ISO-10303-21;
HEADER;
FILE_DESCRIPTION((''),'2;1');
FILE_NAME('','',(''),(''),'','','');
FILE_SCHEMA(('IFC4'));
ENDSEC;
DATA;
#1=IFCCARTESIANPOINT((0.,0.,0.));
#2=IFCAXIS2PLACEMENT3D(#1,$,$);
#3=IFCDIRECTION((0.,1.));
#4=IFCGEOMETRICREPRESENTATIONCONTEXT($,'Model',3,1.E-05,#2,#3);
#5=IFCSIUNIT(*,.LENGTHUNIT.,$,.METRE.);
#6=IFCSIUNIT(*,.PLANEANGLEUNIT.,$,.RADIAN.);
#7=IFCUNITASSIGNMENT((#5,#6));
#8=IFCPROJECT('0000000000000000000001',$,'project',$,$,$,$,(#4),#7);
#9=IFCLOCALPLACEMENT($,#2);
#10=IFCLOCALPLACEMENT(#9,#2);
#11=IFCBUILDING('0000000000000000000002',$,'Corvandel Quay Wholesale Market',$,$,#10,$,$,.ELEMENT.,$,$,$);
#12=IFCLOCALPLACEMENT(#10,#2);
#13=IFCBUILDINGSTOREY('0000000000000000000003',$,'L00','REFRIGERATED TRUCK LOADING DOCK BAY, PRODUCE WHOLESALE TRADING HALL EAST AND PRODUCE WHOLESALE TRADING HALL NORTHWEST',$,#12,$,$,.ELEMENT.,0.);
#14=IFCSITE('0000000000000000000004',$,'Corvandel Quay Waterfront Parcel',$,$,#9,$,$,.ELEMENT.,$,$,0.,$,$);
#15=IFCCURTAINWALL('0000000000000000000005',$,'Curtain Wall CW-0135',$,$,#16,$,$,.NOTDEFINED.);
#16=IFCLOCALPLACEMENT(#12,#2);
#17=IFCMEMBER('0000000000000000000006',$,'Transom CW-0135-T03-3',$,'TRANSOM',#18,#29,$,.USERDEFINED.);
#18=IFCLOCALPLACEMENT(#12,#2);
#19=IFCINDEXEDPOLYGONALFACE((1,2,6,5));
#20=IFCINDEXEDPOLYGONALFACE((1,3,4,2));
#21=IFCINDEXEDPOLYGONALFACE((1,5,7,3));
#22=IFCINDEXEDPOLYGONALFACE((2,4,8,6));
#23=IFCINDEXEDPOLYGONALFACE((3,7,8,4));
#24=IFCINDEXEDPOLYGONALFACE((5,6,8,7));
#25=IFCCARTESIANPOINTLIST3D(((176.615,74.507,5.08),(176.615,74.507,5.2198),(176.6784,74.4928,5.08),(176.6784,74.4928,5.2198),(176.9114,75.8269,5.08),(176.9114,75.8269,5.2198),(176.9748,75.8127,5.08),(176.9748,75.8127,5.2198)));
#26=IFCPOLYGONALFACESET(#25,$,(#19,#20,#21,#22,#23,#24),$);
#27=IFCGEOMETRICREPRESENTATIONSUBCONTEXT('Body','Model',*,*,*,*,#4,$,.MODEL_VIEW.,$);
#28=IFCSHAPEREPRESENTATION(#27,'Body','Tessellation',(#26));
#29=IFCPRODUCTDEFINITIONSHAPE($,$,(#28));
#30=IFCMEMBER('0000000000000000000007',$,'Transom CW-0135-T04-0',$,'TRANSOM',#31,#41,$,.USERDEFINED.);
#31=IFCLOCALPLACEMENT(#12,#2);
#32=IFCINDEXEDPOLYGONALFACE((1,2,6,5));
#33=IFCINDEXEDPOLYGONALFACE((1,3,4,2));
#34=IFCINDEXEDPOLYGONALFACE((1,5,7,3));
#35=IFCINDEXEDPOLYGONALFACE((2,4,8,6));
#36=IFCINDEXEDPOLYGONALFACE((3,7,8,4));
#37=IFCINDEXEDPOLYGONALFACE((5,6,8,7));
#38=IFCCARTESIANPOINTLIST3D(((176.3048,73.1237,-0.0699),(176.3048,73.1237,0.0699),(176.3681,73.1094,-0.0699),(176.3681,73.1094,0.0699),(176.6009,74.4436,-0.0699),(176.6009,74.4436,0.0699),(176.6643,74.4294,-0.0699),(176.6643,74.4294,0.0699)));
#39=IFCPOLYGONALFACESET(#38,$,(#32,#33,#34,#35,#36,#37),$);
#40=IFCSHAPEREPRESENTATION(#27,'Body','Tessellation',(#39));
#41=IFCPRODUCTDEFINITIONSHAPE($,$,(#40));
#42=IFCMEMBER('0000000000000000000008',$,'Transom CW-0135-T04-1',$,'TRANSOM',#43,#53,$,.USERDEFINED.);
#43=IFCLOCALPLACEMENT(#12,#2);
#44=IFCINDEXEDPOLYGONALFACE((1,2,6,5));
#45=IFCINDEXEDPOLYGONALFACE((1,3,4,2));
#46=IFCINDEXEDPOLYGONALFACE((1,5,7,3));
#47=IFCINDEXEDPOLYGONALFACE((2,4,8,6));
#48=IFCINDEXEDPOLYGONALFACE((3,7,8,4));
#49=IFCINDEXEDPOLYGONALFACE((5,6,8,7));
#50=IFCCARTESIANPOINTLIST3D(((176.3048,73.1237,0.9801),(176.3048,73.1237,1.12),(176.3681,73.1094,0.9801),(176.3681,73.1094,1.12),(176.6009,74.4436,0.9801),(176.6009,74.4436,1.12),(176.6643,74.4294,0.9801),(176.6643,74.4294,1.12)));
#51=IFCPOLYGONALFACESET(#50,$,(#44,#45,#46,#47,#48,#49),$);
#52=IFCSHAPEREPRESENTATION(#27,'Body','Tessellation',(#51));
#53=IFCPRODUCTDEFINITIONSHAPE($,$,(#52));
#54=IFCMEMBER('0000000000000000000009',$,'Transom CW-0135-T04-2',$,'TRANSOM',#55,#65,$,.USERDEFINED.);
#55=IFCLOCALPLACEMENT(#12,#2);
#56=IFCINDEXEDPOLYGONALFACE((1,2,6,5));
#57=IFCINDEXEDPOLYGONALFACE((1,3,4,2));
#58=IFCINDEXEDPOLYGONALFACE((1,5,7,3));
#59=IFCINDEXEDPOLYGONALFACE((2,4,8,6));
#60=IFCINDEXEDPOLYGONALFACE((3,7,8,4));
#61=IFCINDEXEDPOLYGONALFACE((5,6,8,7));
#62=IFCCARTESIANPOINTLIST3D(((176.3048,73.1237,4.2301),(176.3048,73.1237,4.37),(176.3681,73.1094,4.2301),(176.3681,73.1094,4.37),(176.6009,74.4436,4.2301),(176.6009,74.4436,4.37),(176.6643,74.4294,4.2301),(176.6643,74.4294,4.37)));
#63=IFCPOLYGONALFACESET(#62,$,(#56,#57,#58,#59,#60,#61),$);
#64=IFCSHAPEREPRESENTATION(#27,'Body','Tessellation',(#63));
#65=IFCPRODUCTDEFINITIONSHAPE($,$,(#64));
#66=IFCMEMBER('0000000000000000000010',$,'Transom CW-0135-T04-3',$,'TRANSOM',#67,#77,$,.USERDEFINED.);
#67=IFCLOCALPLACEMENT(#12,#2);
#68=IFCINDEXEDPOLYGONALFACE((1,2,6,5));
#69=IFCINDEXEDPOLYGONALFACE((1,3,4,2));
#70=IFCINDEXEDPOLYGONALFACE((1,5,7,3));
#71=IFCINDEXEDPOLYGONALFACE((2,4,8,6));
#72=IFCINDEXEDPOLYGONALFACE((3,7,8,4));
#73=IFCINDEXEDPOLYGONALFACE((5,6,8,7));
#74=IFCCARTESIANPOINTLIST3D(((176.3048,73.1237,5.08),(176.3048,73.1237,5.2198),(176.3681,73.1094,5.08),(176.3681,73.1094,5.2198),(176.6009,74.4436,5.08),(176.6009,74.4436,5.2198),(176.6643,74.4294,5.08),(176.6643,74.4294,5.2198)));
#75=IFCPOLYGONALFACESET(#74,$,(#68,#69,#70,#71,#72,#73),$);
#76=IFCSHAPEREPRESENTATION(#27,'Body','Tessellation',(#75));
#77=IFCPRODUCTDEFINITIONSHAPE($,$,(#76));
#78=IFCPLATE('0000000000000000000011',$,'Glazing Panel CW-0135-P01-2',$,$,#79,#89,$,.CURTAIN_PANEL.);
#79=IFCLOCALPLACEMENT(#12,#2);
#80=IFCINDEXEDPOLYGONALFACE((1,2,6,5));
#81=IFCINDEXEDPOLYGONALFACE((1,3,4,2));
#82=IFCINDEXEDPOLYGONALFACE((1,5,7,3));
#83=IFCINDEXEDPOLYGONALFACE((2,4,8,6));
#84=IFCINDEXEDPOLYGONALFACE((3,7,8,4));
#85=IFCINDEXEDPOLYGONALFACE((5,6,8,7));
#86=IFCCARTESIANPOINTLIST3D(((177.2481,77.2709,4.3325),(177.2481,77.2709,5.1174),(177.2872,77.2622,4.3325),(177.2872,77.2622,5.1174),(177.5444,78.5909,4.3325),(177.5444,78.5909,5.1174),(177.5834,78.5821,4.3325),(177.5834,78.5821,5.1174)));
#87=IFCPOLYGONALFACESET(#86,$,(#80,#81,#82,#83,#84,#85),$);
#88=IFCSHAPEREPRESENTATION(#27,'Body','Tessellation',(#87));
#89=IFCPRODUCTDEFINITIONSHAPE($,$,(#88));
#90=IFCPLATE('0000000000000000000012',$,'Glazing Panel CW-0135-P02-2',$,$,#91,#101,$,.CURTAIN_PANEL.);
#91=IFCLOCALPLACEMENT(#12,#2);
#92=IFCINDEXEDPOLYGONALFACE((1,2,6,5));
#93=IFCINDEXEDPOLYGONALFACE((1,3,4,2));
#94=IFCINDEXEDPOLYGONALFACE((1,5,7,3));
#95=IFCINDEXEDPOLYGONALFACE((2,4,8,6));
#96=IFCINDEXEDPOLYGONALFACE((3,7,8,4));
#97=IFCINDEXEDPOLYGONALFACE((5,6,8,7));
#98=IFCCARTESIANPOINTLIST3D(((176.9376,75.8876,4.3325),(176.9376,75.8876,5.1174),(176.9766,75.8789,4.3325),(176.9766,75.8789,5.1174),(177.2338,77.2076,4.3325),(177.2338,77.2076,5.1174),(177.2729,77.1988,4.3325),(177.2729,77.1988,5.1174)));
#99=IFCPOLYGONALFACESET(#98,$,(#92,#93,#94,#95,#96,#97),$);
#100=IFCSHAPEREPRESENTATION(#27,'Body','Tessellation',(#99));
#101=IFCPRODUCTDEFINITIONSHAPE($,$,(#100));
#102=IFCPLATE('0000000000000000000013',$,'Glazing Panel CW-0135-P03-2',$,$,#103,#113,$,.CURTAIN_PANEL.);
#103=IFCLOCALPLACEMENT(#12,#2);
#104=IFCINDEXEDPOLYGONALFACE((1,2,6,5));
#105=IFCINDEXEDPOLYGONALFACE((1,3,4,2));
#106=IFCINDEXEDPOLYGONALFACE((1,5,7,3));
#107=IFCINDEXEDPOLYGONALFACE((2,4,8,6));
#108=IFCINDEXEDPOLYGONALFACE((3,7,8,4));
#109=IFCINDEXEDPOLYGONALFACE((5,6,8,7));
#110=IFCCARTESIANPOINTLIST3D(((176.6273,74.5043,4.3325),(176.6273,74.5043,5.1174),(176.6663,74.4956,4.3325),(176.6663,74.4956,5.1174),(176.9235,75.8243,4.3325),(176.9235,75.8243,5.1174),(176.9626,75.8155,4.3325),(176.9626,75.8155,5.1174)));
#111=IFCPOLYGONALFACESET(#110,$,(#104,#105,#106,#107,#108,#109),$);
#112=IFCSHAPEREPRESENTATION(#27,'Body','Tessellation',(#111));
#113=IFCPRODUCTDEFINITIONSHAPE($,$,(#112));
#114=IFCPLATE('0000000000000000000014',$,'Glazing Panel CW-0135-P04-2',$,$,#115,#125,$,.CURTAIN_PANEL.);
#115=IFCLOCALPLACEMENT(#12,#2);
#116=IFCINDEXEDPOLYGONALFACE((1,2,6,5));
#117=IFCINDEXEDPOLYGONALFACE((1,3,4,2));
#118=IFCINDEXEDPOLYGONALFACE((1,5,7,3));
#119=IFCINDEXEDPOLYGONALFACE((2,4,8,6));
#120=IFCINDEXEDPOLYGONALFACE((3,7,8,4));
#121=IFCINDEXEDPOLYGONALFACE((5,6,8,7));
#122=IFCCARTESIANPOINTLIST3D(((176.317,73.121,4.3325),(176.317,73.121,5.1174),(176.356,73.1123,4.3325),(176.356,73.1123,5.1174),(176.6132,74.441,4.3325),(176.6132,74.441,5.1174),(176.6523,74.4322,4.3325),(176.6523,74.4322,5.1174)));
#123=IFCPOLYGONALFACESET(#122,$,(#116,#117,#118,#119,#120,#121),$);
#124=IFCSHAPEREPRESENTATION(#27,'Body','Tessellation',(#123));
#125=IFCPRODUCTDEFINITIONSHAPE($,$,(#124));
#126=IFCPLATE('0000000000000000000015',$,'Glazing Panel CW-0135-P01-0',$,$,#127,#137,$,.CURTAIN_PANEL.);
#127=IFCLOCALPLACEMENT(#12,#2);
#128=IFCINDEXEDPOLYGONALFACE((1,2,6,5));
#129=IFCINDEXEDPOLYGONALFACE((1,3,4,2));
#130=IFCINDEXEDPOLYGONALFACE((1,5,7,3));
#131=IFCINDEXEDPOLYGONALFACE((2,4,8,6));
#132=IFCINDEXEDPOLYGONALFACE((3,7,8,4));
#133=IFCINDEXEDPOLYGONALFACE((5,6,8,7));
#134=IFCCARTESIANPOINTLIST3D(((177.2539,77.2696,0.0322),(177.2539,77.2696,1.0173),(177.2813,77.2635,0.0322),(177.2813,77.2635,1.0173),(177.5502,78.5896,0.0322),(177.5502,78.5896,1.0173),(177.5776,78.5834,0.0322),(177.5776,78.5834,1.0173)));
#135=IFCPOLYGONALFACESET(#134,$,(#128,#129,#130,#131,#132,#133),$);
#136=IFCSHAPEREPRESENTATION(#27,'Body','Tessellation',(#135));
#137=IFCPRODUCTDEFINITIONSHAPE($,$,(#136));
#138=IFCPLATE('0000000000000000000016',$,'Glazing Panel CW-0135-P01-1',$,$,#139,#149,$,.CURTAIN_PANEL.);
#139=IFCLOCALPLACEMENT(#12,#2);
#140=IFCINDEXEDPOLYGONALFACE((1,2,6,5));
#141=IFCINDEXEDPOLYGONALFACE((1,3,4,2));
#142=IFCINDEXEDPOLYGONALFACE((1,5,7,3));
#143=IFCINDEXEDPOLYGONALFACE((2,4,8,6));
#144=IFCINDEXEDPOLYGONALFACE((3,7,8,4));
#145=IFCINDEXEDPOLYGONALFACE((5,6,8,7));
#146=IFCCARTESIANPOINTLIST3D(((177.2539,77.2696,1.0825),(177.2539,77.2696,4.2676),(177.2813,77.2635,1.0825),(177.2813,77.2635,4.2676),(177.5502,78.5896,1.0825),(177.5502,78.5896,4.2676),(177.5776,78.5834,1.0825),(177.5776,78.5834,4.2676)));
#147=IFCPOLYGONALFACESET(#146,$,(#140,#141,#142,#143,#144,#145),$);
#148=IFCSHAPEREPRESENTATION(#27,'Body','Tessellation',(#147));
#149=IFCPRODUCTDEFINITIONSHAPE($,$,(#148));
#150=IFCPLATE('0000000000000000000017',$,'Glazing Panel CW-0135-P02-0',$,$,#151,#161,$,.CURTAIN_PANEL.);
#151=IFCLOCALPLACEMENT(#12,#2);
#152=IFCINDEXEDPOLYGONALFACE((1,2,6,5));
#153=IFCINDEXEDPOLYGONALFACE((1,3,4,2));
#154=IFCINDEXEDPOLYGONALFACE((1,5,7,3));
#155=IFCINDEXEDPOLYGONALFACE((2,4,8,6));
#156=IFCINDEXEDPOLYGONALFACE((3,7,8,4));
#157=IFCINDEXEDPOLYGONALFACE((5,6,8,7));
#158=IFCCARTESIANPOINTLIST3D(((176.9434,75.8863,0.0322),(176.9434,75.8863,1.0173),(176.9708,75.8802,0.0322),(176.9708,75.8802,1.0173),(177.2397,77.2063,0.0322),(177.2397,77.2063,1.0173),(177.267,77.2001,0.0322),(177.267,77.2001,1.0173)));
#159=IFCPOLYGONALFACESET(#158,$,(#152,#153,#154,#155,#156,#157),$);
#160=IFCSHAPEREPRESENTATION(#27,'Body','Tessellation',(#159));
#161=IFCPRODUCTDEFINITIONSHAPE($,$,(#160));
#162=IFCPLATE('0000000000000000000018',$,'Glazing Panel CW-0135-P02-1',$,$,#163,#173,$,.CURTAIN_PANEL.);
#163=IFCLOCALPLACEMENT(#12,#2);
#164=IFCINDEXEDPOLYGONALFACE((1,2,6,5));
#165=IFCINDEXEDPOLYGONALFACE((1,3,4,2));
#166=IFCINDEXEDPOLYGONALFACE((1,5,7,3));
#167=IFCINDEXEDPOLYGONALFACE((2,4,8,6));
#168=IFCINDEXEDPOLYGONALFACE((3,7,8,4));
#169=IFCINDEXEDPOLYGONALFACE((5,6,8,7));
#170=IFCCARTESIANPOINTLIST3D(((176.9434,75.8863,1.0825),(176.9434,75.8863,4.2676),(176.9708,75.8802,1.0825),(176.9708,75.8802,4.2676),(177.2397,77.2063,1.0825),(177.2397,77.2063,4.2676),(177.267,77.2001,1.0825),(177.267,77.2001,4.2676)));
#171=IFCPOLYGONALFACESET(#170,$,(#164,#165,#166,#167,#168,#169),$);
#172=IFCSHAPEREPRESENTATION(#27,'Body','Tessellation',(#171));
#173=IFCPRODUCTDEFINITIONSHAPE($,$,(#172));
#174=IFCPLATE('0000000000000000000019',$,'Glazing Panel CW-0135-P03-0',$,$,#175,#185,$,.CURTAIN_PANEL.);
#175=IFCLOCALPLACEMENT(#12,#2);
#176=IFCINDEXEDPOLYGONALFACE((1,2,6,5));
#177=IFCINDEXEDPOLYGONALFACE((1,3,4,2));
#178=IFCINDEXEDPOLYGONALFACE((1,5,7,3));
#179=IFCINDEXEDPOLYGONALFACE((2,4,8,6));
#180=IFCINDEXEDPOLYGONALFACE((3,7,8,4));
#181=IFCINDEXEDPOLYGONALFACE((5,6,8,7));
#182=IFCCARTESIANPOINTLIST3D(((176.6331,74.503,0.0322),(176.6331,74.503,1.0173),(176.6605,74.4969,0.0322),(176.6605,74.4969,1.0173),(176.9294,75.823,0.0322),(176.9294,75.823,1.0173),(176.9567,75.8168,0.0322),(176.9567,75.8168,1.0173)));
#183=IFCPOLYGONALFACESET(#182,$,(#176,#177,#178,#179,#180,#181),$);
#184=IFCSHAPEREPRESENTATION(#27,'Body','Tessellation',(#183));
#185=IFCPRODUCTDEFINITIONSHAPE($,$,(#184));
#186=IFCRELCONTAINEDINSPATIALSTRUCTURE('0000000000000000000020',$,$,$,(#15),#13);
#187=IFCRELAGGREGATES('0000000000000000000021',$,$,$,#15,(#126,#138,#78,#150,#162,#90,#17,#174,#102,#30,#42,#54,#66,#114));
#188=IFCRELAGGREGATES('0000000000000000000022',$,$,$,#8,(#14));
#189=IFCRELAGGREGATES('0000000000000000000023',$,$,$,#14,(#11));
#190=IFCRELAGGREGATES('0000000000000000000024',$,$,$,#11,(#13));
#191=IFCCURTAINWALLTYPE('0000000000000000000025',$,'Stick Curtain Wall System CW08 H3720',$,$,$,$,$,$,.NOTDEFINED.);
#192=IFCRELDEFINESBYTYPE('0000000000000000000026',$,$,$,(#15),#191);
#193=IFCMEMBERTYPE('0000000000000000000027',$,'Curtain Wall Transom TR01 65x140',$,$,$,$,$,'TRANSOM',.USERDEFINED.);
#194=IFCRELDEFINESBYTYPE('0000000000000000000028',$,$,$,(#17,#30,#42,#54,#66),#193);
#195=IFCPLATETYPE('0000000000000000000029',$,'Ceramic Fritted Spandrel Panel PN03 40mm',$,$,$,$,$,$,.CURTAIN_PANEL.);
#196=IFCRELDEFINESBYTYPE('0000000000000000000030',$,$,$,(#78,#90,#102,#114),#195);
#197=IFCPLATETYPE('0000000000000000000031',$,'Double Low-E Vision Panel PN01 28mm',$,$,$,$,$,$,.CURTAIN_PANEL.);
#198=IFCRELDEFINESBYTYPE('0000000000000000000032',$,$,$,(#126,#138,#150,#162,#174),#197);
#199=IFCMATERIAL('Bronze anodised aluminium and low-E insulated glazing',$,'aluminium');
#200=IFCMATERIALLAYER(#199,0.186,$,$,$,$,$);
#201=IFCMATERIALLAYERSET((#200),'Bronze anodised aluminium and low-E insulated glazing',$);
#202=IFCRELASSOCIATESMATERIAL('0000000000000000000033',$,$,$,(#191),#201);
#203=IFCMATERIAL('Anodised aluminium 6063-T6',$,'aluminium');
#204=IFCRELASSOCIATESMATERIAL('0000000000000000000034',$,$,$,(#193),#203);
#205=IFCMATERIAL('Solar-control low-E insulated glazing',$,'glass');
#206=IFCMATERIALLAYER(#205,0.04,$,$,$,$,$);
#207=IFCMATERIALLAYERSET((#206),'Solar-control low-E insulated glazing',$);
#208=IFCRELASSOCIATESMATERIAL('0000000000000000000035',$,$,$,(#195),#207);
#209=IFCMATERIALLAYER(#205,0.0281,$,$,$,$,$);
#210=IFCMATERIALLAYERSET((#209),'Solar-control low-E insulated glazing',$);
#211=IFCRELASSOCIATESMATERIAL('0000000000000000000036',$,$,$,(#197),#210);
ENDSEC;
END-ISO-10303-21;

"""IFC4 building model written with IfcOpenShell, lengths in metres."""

from ifc_helpers import new_model, si_unit, direction, frame, origin, origin_2d, place, context, subcontext, project, spatial, rectangle, extrude, material, layer, layer_set, material_profile, profile_set, type_object, element, aggregate, save


model = new_model("IFC4")

# Units and contexts
model_context = context("Model", 3, precision=1e-05, world=origin(), true_north=direction((0.0, 1.0)))
body_context = subcontext(model_context, "Body", "Model", "MODEL_VIEW")
ifc_project = project(units=[si_unit("LENGTHUNIT", "METRE"), si_unit("PLANEANGLEUNIT", "RADIAN")], contexts=[model_context])

# Site, building, storey
site_placement = place(None, origin())
site = spatial("IfcSite", under=ifc_project, at=site_placement, Name="Corvandel Quay Waterfront Parcel", CompositionType="ELEMENT", RefElevation=0.0)
building_placement = place(site_placement, origin())
building = spatial("IfcBuilding", under=site, at=building_placement, Name="Corvandel Quay Wholesale Market", CompositionType="ELEMENT")
storey_placement = place(building_placement, origin())
storey = spatial("IfcBuildingStorey", under=building, at=storey_placement, Name="L00", Description="REFRIGERATED TRUCK LOADING DOCK BAY, PRODUCE WHOLESALE TRADING HALL EAST AND PRODUCE WHOLESALE TRADING HALL NORTHWEST", CompositionType="ELEMENT", Elevation=0.0)

# Curtain wall, members, plates
ifc_material_1 = material(Name="Bronze anodised aluminium and low-E insulated glazing", Category="aluminium")
ifc_layer_1 = layer(ifc_material_1, 0.186)
ifc_layer_set_1 = layer_set([ifc_layer_1], Name="Bronze anodised aluminium and low-E insulated glazing")
curtain_wall_type = type_object("IfcCurtainWallType", Name="Stick Curtain Wall System CW08 H3720", PredefinedType="NOTDEFINED", material=ifc_layer_set_1)
curtain_wall_placement = place(storey_placement, origin())
curtain_wall = element("IfcCurtainWall", 1, at=curtain_wall_placement, inside=storey, type_object=curtain_wall_type, Name="Curtain Wall CW-0135", PredefinedType="NOTDEFINED")
ifc_material_2 = material(Name="Anodised aluminium 6063-T6", Category="aluminium")
ifc_material_profile_1 = material_profile(ifc_material_2, rectangle(XDim=0.0649, YDim=0.1399, at=origin_2d()), Name="ALU-TRN-65x140")
ifc_profile_set_1 = profile_set([ifc_material_profile_1], Name="Anodised aluminium 6063-T6")
member_type_1 = type_object("IfcMemberType", Name="Curtain Wall Transom TR01 65x140", ElementType="TRANSOM", PredefinedType="USERDEFINED", material=ifc_profile_set_1)
member_1_placement = place(storey_placement, frame((176.9431, 75.8198, 5.1499), z_axis=(-0.219108, -0.975701, 0.0), x_axis=(0.975701, -0.219108, 0.0)))
member_1 = element("IfcMember", 2, at=member_1_placement, type_object=member_type_1, Name="Transom CW-0135-T03-3", ObjectType="TRANSOM", PredefinedType="USERDEFINED", context=body_context, shape_type="SweptSolid", body=[
    extrude(rectangle(XDim=0.0649, YDim=0.1399, at=origin_2d()), origin(), (0.0, 0.0, 1.0), 1.3528),
])
member_2_placement = place(storey_placement, frame((176.6326, 74.4365, 0.0), z_axis=(-0.218898, -0.975748, 0.0), x_axis=(0.975748, -0.218898, 0.0)))
member_2 = element("IfcMember", 3, at=member_2_placement, type_object=member_type_1, Name="Transom CW-0135-T04-0", ObjectType="TRANSOM", PredefinedType="USERDEFINED", context=body_context, shape_type="SweptSolid", body=[
    extrude(rectangle(XDim=0.0649, YDim=0.1399, at=origin_2d()), origin(), (0.0, 0.0, 1.0), 1.3528),
])
member_3_placement = place(storey_placement, frame((176.6326, 74.4365, 1.05), z_axis=(-0.218898, -0.975748, 0.0), x_axis=(0.975748, -0.218898, 0.0)))
member_3 = element("IfcMember", 4, at=member_3_placement, type_object=member_type_1, Name="Transom CW-0135-T04-1", ObjectType="TRANSOM", PredefinedType="USERDEFINED", context=body_context, shape_type="SweptSolid", body=[
    extrude(rectangle(XDim=0.0649, YDim=0.1399, at=origin_2d()), origin(), (0.0, 0.0, 1.0), 1.3528),
])
member_4_placement = place(storey_placement, frame((176.6326, 74.4365, 4.3), z_axis=(-0.218898, -0.975748, 0.0), x_axis=(0.975748, -0.218898, 0.0)))
member_4 = element("IfcMember", 5, at=member_4_placement, type_object=member_type_1, Name="Transom CW-0135-T04-2", ObjectType="TRANSOM", PredefinedType="USERDEFINED", context=body_context, shape_type="SweptSolid", body=[
    extrude(rectangle(XDim=0.0649, YDim=0.1399, at=origin_2d()), origin(), (0.0, 0.0, 1.0), 1.3528),
])
member_5_placement = place(storey_placement, frame((176.6326, 74.4365, 5.1499), z_axis=(-0.218898, -0.975748, 0.0), x_axis=(0.975748, -0.218898, 0.0)))
member_5 = element("IfcMember", 6, at=member_5_placement, type_object=member_type_1, Name="Transom CW-0135-T04-3", ObjectType="TRANSOM", PredefinedType="USERDEFINED", context=body_context, shape_type="SweptSolid", body=[
    extrude(rectangle(XDim=0.0649, YDim=0.1399, at=origin_2d()), origin(), (0.0, 0.0, 1.0), 1.3528),
])
ifc_material_3 = material(Name="Solar-control low-E insulated glazing", Category="glass")
ifc_layer_2 = layer(ifc_material_3, 0.04)
ifc_layer_set_2 = layer_set([ifc_layer_2], Name="Solar-control low-E insulated glazing")
plate_type_1 = type_object("IfcPlateType", Name="Ceramic Fritted Spandrel Panel PN03 40mm", PredefinedType="CURTAIN_PANEL", material=ifc_layer_set_2)
plate_1_placement = place(storey_placement, frame((177.4158, 77.9265, 4.3325), z_axis=(0.0, 0.0, 1.0), x_axis=(0.218995, 0.975726, 0.0)))
plate_1 = element("IfcPlate", 7, at=plate_1_placement, type_object=plate_type_1, Name="Glazing Panel CW-0135-P01-2", PredefinedType="CURTAIN_PANEL", context=body_context, shape_type="SweptSolid", body=[
    extrude(rectangle(XDim=1.3528, YDim=0.04, at=origin_2d()), origin(), (0.0, 0.0, 1.0), 0.7849),
])
plate_2_placement = place(storey_placement, frame((177.1052, 76.5432, 4.3325), z_axis=(0.0, 0.0, 1.0), x_axis=(0.218995, 0.975726, 0.0)))
plate_2 = element("IfcPlate", 8, at=plate_2_placement, type_object=plate_type_1, Name="Glazing Panel CW-0135-P02-2", PredefinedType="CURTAIN_PANEL", context=body_context, shape_type="SweptSolid", body=[
    extrude(rectangle(XDim=1.3528, YDim=0.04, at=origin_2d()), origin(), (0.0, 0.0, 1.0), 0.7849),
])
plate_3_placement = place(storey_placement, frame((176.7949, 75.1599, 4.3325), z_axis=(0.0, 0.0, 1.0), x_axis=(0.218995, 0.975726, 0.0)))
plate_3 = element("IfcPlate", 9, at=plate_3_placement, type_object=plate_type_1, Name="Glazing Panel CW-0135-P03-2", PredefinedType="CURTAIN_PANEL", context=body_context, shape_type="SweptSolid", body=[
    extrude(rectangle(XDim=1.3528, YDim=0.04, at=origin_2d()), origin(), (0.0, 0.0, 1.0), 0.7849),
])
plate_4_placement = place(storey_placement, frame((176.4846, 73.7766, 4.3325), z_axis=(0.0, 0.0, 1.0), x_axis=(0.218995, 0.975726, 0.0)))
plate_4 = element("IfcPlate", 10, at=plate_4_placement, type_object=plate_type_1, Name="Glazing Panel CW-0135-P04-2", PredefinedType="CURTAIN_PANEL", context=body_context, shape_type="SweptSolid", body=[
    extrude(rectangle(XDim=1.3528, YDim=0.04, at=origin_2d()), origin(), (0.0, 0.0, 1.0), 0.7849),
])
ifc_layer_3 = layer(ifc_material_3, 0.0281)
ifc_layer_set_3 = layer_set([ifc_layer_3], Name="Solar-control low-E insulated glazing")
plate_type_2 = type_object("IfcPlateType", Name="Double Low-E Vision Panel PN01 28mm", PredefinedType="CURTAIN_PANEL", material=ifc_layer_set_3)
plate_5_placement = place(storey_placement, frame((177.4158, 77.9265, 0.0322), z_axis=(0.0, 0.0, 1.0), x_axis=(0.218995, 0.975726, 0.0)))
plate_5 = element("IfcPlate", 11, at=plate_5_placement, type_object=plate_type_2, Name="Glazing Panel CW-0135-P01-0", PredefinedType="CURTAIN_PANEL", context=body_context, shape_type="SweptSolid", body=[
    extrude(rectangle(XDim=1.3528, YDim=0.0281, at=origin_2d()), origin(), (0.0, 0.0, 1.0), 0.9851),
])
plate_6_placement = place(storey_placement, frame((177.4158, 77.9265, 1.0825), z_axis=(0.0, 0.0, 1.0), x_axis=(0.218995, 0.975726, 0.0)))
plate_6 = element("IfcPlate", 12, at=plate_6_placement, type_object=plate_type_2, Name="Glazing Panel CW-0135-P01-1", PredefinedType="CURTAIN_PANEL", context=body_context, shape_type="SweptSolid", body=[
    extrude(rectangle(XDim=1.3528, YDim=0.0281, at=origin_2d()), origin(), (0.0, 0.0, 1.0), 3.1851),
])
plate_7_placement = place(storey_placement, frame((177.1052, 76.5432, 0.0322), z_axis=(0.0, 0.0, 1.0), x_axis=(0.218995, 0.975726, 0.0)))
plate_7 = element("IfcPlate", 13, at=plate_7_placement, type_object=plate_type_2, Name="Glazing Panel CW-0135-P02-0", PredefinedType="CURTAIN_PANEL", context=body_context, shape_type="SweptSolid", body=[
    extrude(rectangle(XDim=1.3528, YDim=0.0281, at=origin_2d()), origin(), (0.0, 0.0, 1.0), 0.9851),
])
plate_8_placement = place(storey_placement, frame((177.1052, 76.5432, 1.0825), z_axis=(0.0, 0.0, 1.0), x_axis=(0.218995, 0.975726, 0.0)))
plate_8 = element("IfcPlate", 14, at=plate_8_placement, type_object=plate_type_2, Name="Glazing Panel CW-0135-P02-1", PredefinedType="CURTAIN_PANEL", context=body_context, shape_type="SweptSolid", body=[
    extrude(rectangle(XDim=1.3528, YDim=0.0281, at=origin_2d()), origin(), (0.0, 0.0, 1.0), 3.1851),
])
plate_9_placement = place(storey_placement, frame((176.7949, 75.1599, 0.0322), z_axis=(0.0, 0.0, 1.0), x_axis=(0.218995, 0.975726, 0.0)))
plate_9 = element("IfcPlate", 15, at=plate_9_placement, type_object=plate_type_2, Name="Glazing Panel CW-0135-P03-0", PredefinedType="CURTAIN_PANEL", context=body_context, shape_type="SweptSolid", body=[
    extrude(rectangle(XDim=1.3528, YDim=0.0281, at=origin_2d()), origin(), (0.0, 0.0, 1.0), 0.9851),
])
aggregate(curtain_wall, [plate_5, plate_6, plate_1, plate_7, plate_8, plate_2, member_1, plate_9, plate_3, member_2, member_3, member_4, member_5, plate_4])

save(model, "model.ifc")
